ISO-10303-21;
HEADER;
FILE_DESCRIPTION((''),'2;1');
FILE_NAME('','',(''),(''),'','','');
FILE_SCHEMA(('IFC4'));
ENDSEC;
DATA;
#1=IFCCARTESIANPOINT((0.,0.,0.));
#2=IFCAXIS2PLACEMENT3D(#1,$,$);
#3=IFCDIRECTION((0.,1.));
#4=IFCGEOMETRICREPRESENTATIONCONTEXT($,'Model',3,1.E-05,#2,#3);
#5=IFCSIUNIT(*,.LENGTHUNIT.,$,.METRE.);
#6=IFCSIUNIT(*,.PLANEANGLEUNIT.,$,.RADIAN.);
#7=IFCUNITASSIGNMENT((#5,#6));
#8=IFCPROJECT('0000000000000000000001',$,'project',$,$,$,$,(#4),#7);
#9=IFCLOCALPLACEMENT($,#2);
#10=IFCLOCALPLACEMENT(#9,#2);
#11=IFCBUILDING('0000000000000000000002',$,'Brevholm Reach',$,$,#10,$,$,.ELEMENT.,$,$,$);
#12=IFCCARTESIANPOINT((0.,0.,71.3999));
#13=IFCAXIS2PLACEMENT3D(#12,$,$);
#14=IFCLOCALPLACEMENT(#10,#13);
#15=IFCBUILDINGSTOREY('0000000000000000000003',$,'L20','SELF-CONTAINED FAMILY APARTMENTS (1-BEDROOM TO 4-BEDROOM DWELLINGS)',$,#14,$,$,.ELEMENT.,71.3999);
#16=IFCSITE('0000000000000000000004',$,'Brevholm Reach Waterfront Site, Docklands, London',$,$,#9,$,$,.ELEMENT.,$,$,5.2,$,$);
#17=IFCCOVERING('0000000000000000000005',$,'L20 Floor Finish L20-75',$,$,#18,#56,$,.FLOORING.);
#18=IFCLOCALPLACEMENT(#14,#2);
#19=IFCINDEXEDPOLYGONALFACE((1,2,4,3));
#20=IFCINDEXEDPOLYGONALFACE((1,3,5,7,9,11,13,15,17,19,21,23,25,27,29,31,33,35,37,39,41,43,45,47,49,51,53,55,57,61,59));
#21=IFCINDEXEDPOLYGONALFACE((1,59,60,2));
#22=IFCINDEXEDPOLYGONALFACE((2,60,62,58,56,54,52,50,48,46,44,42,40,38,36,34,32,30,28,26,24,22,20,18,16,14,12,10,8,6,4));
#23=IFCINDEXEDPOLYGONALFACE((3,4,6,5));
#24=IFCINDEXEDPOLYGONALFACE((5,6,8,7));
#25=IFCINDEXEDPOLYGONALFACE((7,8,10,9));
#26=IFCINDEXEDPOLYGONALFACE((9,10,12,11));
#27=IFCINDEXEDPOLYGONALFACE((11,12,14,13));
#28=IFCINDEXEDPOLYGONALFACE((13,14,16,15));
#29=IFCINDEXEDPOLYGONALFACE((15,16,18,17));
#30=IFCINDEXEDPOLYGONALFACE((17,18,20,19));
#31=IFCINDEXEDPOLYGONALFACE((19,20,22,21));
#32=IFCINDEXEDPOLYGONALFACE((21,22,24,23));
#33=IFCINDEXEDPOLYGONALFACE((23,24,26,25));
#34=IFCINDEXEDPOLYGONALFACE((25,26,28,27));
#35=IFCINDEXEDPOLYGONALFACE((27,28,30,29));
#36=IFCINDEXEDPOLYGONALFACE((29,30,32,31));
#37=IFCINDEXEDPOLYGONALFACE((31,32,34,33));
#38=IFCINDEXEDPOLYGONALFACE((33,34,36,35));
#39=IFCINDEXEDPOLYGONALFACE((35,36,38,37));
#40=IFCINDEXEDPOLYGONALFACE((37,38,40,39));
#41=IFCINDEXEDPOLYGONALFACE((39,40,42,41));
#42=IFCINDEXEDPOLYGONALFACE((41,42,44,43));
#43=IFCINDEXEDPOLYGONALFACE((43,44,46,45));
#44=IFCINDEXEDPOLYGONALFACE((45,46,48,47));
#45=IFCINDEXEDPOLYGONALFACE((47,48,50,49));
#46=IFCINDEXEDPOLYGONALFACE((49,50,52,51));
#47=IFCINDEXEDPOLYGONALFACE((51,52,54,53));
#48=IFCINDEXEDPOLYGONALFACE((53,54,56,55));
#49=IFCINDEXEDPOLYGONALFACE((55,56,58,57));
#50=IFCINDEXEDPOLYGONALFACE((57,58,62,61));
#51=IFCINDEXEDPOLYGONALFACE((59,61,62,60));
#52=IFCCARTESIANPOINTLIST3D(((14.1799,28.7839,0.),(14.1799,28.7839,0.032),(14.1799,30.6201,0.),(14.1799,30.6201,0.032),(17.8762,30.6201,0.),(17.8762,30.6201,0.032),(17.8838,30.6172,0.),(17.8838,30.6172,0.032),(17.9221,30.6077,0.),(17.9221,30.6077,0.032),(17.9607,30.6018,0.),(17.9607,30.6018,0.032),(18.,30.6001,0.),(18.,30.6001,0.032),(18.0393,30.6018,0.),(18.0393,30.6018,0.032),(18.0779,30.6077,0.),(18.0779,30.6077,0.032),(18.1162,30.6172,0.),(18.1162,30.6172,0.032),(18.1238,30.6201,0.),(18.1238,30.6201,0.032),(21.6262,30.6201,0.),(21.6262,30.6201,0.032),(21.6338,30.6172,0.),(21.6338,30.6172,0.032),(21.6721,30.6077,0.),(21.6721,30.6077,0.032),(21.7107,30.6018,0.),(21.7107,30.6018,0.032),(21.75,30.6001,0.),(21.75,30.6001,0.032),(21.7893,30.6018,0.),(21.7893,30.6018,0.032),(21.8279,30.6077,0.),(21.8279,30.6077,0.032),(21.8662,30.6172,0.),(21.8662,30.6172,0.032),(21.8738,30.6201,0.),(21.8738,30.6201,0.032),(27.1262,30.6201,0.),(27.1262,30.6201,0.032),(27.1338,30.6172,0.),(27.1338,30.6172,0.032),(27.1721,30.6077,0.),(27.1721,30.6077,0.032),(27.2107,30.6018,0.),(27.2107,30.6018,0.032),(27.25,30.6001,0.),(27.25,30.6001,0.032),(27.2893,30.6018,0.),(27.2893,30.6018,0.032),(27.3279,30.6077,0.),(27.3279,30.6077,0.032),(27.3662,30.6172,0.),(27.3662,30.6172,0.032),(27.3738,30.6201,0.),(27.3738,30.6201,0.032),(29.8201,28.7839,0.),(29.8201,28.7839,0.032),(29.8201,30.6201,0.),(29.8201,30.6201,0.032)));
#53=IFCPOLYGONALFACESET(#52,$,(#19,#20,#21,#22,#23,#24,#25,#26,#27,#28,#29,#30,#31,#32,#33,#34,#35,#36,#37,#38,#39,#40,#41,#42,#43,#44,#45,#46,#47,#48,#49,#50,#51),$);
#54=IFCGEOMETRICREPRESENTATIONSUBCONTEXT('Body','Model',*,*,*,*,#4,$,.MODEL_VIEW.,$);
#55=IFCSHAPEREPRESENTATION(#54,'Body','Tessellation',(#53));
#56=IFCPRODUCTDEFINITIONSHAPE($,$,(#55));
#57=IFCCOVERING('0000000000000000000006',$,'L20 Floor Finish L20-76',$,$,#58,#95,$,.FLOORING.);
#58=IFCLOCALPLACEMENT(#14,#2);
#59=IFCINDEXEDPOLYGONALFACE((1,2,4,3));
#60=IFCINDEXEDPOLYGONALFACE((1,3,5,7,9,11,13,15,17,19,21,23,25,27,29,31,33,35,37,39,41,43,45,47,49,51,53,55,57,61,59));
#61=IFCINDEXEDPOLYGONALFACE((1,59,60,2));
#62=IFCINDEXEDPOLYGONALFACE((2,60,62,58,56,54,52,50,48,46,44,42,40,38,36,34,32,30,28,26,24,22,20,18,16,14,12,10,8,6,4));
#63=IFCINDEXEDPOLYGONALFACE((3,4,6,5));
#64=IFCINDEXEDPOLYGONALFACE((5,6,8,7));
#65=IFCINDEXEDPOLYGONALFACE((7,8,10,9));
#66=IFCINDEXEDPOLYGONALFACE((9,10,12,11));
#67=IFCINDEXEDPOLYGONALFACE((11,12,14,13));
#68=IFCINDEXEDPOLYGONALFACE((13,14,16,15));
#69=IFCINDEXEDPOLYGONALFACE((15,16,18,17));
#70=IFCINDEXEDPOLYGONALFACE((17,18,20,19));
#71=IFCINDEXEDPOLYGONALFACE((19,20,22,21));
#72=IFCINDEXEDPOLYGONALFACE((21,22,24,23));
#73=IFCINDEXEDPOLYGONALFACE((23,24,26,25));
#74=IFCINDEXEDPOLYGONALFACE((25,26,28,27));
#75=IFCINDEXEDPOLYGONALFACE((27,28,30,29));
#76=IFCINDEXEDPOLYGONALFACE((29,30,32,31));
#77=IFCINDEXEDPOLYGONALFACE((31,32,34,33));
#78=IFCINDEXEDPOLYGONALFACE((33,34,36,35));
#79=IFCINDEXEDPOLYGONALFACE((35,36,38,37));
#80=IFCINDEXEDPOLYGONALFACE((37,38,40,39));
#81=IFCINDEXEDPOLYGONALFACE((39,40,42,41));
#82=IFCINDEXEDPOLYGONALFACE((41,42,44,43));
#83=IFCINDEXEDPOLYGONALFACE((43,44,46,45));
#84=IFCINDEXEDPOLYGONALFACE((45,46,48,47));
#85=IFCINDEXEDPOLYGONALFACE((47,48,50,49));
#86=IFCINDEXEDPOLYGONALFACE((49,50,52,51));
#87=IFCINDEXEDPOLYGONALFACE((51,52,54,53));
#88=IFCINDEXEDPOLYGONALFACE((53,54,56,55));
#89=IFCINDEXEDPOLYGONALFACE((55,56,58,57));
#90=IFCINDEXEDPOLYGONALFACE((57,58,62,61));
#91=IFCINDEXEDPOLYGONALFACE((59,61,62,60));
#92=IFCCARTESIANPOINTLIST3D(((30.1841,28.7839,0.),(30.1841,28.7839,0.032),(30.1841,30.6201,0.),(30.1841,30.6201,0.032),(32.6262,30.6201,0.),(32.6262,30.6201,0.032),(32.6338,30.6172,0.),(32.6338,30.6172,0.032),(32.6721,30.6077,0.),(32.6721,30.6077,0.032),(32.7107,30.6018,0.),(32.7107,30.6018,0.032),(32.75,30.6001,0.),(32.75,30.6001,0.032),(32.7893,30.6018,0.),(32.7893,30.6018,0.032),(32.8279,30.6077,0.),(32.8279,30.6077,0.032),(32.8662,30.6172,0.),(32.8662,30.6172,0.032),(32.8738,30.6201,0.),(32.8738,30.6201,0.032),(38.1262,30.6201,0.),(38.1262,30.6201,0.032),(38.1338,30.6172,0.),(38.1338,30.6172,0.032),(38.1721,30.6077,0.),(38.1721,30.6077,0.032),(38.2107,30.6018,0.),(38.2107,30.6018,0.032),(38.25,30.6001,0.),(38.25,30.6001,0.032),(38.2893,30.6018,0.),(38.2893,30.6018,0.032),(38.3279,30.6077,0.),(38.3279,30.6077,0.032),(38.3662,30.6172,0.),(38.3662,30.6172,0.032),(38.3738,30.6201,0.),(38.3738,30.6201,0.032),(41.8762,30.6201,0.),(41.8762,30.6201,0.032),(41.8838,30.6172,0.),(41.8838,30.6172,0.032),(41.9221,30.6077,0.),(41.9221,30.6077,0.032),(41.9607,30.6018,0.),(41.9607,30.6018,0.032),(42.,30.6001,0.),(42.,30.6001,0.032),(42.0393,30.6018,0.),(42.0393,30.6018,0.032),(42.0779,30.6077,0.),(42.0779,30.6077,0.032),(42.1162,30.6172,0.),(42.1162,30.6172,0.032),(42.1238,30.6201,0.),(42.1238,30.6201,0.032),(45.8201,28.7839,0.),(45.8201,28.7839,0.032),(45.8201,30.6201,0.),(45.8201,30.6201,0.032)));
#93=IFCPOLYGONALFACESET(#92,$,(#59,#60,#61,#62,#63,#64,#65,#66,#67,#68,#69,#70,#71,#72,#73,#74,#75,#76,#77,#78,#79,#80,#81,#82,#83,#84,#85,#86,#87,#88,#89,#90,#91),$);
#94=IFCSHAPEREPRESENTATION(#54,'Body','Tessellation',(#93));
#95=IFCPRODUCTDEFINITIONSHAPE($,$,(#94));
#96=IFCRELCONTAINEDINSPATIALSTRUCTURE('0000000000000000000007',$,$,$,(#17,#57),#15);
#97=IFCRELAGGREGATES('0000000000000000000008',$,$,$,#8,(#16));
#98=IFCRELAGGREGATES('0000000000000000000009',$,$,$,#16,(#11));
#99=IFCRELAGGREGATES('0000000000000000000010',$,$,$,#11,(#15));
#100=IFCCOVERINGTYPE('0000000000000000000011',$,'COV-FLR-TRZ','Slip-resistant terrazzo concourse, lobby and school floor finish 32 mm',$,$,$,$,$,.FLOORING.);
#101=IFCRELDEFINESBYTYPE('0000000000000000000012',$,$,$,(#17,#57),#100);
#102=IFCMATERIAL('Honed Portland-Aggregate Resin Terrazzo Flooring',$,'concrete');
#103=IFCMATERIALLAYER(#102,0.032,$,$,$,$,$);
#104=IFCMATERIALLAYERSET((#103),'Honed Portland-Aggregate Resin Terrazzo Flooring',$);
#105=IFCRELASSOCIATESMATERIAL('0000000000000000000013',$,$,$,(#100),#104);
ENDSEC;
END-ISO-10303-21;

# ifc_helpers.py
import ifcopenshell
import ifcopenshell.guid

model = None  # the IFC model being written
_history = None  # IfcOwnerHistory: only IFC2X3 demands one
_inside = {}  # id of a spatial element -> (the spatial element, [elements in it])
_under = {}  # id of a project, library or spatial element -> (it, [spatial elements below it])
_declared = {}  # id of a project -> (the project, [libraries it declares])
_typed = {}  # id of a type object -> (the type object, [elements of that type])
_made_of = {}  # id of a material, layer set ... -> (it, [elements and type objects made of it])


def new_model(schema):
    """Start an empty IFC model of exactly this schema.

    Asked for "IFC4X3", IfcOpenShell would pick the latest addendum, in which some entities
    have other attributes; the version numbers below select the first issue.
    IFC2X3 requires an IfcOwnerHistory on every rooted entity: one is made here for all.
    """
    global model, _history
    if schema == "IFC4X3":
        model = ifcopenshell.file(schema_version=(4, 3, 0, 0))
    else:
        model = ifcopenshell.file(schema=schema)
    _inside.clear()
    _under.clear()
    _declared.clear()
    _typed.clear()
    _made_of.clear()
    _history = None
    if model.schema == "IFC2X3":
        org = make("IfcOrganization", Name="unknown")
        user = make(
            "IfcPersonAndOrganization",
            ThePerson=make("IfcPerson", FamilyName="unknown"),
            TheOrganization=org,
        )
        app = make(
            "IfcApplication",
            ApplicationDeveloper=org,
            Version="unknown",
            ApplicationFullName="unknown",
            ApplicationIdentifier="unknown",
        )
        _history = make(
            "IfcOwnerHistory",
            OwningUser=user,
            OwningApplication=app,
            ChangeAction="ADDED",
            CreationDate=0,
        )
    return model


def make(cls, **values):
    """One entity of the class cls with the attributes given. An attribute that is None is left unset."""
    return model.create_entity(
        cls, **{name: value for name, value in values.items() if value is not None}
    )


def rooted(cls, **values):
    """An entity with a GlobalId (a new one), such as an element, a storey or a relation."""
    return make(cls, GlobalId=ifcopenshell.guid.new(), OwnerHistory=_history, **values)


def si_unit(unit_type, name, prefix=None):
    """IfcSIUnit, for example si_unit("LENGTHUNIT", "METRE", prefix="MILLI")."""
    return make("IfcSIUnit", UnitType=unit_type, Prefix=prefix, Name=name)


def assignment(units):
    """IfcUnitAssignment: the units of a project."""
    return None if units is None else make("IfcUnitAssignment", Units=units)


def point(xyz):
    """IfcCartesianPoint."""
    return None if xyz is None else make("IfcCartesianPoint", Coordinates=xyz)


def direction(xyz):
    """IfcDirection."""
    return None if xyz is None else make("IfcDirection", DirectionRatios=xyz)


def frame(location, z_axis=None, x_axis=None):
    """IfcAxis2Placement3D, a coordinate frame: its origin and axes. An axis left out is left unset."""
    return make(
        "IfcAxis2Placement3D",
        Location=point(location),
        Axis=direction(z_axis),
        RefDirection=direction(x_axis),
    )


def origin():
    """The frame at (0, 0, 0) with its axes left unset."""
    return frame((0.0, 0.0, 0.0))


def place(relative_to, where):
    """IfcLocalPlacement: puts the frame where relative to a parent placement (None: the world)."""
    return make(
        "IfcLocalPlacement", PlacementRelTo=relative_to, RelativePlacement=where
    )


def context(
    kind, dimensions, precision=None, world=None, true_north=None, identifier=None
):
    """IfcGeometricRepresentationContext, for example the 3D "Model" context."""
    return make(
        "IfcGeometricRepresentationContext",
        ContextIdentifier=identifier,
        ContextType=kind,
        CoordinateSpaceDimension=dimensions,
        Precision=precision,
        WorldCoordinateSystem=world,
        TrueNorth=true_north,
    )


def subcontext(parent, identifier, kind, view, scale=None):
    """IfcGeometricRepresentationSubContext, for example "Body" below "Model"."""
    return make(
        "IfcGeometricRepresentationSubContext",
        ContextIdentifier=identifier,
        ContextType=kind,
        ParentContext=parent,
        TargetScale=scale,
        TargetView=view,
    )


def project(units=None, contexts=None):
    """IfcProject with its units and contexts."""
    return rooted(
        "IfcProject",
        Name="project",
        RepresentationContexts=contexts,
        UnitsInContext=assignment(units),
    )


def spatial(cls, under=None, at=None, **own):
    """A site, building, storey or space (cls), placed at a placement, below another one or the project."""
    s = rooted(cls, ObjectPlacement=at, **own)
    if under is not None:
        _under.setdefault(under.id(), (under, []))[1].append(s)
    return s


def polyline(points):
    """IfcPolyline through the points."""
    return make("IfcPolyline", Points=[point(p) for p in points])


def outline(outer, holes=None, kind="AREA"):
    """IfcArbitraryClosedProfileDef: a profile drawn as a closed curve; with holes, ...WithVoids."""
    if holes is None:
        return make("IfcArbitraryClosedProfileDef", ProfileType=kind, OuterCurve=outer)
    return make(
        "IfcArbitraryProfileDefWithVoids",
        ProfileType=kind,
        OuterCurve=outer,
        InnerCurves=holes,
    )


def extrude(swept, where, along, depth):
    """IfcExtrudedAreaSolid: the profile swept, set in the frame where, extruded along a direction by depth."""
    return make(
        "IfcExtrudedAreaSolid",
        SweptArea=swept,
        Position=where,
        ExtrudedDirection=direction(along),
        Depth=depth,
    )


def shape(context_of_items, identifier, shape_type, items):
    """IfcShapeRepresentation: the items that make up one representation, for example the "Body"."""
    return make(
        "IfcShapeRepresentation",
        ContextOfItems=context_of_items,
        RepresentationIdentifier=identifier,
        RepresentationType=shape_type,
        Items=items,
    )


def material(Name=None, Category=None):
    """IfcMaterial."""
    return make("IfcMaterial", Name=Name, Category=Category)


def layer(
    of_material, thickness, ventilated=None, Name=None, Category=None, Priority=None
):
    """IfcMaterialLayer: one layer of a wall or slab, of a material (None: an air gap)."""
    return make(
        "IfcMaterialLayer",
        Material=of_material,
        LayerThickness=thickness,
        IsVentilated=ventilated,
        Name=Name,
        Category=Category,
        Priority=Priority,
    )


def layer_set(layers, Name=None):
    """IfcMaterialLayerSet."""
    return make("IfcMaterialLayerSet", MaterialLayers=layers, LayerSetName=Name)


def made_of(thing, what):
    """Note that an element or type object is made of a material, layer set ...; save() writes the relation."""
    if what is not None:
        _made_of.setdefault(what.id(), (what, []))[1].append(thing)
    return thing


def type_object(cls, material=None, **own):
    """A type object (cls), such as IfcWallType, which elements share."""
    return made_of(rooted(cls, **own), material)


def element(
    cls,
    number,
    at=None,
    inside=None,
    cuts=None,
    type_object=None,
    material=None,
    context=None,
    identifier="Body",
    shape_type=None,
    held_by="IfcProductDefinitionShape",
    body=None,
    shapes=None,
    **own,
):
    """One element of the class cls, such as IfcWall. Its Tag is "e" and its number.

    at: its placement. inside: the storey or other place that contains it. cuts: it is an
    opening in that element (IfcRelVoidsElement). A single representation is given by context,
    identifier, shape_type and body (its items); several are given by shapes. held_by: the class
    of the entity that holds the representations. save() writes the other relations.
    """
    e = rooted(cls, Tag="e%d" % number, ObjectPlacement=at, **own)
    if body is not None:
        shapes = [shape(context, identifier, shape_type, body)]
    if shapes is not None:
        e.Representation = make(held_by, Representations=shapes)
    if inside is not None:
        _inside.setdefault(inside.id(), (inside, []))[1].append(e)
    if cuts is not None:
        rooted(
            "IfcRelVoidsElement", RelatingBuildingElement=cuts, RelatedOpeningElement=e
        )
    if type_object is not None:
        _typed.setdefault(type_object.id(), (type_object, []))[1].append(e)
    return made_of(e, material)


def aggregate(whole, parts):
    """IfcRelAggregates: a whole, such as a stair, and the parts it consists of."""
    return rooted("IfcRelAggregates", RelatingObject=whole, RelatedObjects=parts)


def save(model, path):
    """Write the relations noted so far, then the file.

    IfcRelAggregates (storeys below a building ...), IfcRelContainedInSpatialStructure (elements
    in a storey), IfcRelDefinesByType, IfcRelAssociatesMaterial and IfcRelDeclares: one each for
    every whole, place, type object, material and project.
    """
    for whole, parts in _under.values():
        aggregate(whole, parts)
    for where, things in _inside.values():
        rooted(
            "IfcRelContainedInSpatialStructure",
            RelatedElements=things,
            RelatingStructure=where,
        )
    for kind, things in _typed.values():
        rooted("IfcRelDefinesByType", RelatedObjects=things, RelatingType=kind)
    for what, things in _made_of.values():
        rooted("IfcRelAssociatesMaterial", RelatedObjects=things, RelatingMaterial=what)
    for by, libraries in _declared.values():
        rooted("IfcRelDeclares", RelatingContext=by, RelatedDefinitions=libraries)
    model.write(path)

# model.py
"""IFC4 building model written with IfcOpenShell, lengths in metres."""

from ifc_helpers import new_model, si_unit, direction, frame, origin, place, context, subcontext, project, spatial, polyline, outline, extrude, material, layer, layer_set, type_object, element, save


model = new_model("IFC4")

# Units and contexts
model_context = context("Model", 3, precision=1e-05, world=origin(), true_north=direction((0.0, 1.0)))
body_context = subcontext(model_context, "Body", "Model", "MODEL_VIEW")
ifc_project = project(units=[si_unit("LENGTHUNIT", "METRE"), si_unit("PLANEANGLEUNIT", "RADIAN")], contexts=[model_context])

# Site, building, storey
site_placement = place(None, origin())
site = spatial("IfcSite", under=ifc_project, at=site_placement, Name="Brevholm Reach Waterfront Site, Docklands, London", CompositionType="ELEMENT", RefElevation=5.2)
building_placement = place(site_placement, origin())
building = spatial("IfcBuilding", under=site, at=building_placement, Name="Brevholm Reach", CompositionType="ELEMENT")
storey_placement = place(building_placement, frame((0.0, 0.0, 71.3999)))
storey = spatial("IfcBuildingStorey", under=building, at=storey_placement, Name="L20", Description="SELF-CONTAINED FAMILY APARTMENTS (1-BEDROOM TO 4-BEDROOM DWELLINGS)", CompositionType="ELEMENT", Elevation=71.3999)

# Coverings
ifc_material_1 = material(Name="Honed Portland-Aggregate Resin Terrazzo Flooring", Category="concrete")
ifc_layer_1 = layer(ifc_material_1, 0.032)
ifc_layer_set_1 = layer_set([ifc_layer_1], Name="Honed Portland-Aggregate Resin Terrazzo Flooring")
covering_type_1 = type_object("IfcCoveringType", Name="COV-FLR-TRZ", Description="Slip-resistant terrazzo concourse, lobby and school floor finish 32 mm", PredefinedType="FLOORING", material=ifc_layer_set_1)
covering_1_placement = place(storey_placement, origin())
element("IfcCovering", 1, at=covering_1_placement, inside=storey, type_object=covering_type_1, Name="L20 Floor Finish L20-75", PredefinedType="FLOORING", context=body_context, shape_type="SweptSolid", body=[
    extrude(outline(polyline([(14.1799, 30.6201), (17.8762, 30.6201), (17.8838, 30.6172), (17.9221, 30.6077), (17.9607, 30.6018), (18.0, 30.6001), (18.0393, 30.6018), (18.0779, 30.6077), (18.1162, 30.6172), (18.1238, 30.6201), (21.6262, 30.6201), (21.6338, 30.6172), (21.6721, 30.6077), (21.7107, 30.6018), (21.75, 30.6001), (21.7893, 30.6018), (21.8279, 30.6077), (21.8662, 30.6172), (21.8738, 30.6201), (27.1262, 30.6201), (27.1338, 30.6172), (27.1721, 30.6077), (27.2107, 30.6018), (27.25, 30.6001), (27.2893, 30.6018), (27.3279, 30.6077), (27.3662, 30.6172), (27.3738, 30.6201), (29.8201, 30.6201), (29.8201, 28.7839), (14.1799, 28.7839), (14.1799, 30.6201)])), origin(), (0.0, 0.0, 1.0), 0.032),
])
covering_2_placement = place(storey_placement, origin())
element("IfcCovering", 2, at=covering_2_placement, inside=storey, type_object=covering_type_1, Name="L20 Floor Finish L20-76", PredefinedType="FLOORING", context=body_context, shape_type="SweptSolid", body=[
    extrude(outline(polyline([(32.6262, 30.6201), (32.6338, 30.6172), (32.6721, 30.6077), (32.7107, 30.6018), (32.75, 30.6001), (32.7893, 30.6018), (32.8279, 30.6077), (32.8662, 30.6172), (32.8738, 30.6201), (38.1262, 30.6201), (38.1338, 30.6172), (38.1721, 30.6077), (38.2107, 30.6018), (38.25, 30.6001), (38.2893, 30.6018), (38.3279, 30.6077), (38.3662, 30.6172), (38.3738, 30.6201), (41.8762, 30.6201), (41.8838, 30.6172), (41.9221, 30.6077), (41.9607, 30.6018), (42.0, 30.6001), (42.0393, 30.6018), (42.0779, 30.6077), (42.1162, 30.6172), (42.1238, 30.6201), (45.8201, 30.6201), (45.8201, 28.7839), (30.1841, 28.7839), (30.1841, 30.6201), (32.6262, 30.6201)])), origin(), (0.0, 0.0, 1.0), 0.032),
])

save(model, "model.ifc")
